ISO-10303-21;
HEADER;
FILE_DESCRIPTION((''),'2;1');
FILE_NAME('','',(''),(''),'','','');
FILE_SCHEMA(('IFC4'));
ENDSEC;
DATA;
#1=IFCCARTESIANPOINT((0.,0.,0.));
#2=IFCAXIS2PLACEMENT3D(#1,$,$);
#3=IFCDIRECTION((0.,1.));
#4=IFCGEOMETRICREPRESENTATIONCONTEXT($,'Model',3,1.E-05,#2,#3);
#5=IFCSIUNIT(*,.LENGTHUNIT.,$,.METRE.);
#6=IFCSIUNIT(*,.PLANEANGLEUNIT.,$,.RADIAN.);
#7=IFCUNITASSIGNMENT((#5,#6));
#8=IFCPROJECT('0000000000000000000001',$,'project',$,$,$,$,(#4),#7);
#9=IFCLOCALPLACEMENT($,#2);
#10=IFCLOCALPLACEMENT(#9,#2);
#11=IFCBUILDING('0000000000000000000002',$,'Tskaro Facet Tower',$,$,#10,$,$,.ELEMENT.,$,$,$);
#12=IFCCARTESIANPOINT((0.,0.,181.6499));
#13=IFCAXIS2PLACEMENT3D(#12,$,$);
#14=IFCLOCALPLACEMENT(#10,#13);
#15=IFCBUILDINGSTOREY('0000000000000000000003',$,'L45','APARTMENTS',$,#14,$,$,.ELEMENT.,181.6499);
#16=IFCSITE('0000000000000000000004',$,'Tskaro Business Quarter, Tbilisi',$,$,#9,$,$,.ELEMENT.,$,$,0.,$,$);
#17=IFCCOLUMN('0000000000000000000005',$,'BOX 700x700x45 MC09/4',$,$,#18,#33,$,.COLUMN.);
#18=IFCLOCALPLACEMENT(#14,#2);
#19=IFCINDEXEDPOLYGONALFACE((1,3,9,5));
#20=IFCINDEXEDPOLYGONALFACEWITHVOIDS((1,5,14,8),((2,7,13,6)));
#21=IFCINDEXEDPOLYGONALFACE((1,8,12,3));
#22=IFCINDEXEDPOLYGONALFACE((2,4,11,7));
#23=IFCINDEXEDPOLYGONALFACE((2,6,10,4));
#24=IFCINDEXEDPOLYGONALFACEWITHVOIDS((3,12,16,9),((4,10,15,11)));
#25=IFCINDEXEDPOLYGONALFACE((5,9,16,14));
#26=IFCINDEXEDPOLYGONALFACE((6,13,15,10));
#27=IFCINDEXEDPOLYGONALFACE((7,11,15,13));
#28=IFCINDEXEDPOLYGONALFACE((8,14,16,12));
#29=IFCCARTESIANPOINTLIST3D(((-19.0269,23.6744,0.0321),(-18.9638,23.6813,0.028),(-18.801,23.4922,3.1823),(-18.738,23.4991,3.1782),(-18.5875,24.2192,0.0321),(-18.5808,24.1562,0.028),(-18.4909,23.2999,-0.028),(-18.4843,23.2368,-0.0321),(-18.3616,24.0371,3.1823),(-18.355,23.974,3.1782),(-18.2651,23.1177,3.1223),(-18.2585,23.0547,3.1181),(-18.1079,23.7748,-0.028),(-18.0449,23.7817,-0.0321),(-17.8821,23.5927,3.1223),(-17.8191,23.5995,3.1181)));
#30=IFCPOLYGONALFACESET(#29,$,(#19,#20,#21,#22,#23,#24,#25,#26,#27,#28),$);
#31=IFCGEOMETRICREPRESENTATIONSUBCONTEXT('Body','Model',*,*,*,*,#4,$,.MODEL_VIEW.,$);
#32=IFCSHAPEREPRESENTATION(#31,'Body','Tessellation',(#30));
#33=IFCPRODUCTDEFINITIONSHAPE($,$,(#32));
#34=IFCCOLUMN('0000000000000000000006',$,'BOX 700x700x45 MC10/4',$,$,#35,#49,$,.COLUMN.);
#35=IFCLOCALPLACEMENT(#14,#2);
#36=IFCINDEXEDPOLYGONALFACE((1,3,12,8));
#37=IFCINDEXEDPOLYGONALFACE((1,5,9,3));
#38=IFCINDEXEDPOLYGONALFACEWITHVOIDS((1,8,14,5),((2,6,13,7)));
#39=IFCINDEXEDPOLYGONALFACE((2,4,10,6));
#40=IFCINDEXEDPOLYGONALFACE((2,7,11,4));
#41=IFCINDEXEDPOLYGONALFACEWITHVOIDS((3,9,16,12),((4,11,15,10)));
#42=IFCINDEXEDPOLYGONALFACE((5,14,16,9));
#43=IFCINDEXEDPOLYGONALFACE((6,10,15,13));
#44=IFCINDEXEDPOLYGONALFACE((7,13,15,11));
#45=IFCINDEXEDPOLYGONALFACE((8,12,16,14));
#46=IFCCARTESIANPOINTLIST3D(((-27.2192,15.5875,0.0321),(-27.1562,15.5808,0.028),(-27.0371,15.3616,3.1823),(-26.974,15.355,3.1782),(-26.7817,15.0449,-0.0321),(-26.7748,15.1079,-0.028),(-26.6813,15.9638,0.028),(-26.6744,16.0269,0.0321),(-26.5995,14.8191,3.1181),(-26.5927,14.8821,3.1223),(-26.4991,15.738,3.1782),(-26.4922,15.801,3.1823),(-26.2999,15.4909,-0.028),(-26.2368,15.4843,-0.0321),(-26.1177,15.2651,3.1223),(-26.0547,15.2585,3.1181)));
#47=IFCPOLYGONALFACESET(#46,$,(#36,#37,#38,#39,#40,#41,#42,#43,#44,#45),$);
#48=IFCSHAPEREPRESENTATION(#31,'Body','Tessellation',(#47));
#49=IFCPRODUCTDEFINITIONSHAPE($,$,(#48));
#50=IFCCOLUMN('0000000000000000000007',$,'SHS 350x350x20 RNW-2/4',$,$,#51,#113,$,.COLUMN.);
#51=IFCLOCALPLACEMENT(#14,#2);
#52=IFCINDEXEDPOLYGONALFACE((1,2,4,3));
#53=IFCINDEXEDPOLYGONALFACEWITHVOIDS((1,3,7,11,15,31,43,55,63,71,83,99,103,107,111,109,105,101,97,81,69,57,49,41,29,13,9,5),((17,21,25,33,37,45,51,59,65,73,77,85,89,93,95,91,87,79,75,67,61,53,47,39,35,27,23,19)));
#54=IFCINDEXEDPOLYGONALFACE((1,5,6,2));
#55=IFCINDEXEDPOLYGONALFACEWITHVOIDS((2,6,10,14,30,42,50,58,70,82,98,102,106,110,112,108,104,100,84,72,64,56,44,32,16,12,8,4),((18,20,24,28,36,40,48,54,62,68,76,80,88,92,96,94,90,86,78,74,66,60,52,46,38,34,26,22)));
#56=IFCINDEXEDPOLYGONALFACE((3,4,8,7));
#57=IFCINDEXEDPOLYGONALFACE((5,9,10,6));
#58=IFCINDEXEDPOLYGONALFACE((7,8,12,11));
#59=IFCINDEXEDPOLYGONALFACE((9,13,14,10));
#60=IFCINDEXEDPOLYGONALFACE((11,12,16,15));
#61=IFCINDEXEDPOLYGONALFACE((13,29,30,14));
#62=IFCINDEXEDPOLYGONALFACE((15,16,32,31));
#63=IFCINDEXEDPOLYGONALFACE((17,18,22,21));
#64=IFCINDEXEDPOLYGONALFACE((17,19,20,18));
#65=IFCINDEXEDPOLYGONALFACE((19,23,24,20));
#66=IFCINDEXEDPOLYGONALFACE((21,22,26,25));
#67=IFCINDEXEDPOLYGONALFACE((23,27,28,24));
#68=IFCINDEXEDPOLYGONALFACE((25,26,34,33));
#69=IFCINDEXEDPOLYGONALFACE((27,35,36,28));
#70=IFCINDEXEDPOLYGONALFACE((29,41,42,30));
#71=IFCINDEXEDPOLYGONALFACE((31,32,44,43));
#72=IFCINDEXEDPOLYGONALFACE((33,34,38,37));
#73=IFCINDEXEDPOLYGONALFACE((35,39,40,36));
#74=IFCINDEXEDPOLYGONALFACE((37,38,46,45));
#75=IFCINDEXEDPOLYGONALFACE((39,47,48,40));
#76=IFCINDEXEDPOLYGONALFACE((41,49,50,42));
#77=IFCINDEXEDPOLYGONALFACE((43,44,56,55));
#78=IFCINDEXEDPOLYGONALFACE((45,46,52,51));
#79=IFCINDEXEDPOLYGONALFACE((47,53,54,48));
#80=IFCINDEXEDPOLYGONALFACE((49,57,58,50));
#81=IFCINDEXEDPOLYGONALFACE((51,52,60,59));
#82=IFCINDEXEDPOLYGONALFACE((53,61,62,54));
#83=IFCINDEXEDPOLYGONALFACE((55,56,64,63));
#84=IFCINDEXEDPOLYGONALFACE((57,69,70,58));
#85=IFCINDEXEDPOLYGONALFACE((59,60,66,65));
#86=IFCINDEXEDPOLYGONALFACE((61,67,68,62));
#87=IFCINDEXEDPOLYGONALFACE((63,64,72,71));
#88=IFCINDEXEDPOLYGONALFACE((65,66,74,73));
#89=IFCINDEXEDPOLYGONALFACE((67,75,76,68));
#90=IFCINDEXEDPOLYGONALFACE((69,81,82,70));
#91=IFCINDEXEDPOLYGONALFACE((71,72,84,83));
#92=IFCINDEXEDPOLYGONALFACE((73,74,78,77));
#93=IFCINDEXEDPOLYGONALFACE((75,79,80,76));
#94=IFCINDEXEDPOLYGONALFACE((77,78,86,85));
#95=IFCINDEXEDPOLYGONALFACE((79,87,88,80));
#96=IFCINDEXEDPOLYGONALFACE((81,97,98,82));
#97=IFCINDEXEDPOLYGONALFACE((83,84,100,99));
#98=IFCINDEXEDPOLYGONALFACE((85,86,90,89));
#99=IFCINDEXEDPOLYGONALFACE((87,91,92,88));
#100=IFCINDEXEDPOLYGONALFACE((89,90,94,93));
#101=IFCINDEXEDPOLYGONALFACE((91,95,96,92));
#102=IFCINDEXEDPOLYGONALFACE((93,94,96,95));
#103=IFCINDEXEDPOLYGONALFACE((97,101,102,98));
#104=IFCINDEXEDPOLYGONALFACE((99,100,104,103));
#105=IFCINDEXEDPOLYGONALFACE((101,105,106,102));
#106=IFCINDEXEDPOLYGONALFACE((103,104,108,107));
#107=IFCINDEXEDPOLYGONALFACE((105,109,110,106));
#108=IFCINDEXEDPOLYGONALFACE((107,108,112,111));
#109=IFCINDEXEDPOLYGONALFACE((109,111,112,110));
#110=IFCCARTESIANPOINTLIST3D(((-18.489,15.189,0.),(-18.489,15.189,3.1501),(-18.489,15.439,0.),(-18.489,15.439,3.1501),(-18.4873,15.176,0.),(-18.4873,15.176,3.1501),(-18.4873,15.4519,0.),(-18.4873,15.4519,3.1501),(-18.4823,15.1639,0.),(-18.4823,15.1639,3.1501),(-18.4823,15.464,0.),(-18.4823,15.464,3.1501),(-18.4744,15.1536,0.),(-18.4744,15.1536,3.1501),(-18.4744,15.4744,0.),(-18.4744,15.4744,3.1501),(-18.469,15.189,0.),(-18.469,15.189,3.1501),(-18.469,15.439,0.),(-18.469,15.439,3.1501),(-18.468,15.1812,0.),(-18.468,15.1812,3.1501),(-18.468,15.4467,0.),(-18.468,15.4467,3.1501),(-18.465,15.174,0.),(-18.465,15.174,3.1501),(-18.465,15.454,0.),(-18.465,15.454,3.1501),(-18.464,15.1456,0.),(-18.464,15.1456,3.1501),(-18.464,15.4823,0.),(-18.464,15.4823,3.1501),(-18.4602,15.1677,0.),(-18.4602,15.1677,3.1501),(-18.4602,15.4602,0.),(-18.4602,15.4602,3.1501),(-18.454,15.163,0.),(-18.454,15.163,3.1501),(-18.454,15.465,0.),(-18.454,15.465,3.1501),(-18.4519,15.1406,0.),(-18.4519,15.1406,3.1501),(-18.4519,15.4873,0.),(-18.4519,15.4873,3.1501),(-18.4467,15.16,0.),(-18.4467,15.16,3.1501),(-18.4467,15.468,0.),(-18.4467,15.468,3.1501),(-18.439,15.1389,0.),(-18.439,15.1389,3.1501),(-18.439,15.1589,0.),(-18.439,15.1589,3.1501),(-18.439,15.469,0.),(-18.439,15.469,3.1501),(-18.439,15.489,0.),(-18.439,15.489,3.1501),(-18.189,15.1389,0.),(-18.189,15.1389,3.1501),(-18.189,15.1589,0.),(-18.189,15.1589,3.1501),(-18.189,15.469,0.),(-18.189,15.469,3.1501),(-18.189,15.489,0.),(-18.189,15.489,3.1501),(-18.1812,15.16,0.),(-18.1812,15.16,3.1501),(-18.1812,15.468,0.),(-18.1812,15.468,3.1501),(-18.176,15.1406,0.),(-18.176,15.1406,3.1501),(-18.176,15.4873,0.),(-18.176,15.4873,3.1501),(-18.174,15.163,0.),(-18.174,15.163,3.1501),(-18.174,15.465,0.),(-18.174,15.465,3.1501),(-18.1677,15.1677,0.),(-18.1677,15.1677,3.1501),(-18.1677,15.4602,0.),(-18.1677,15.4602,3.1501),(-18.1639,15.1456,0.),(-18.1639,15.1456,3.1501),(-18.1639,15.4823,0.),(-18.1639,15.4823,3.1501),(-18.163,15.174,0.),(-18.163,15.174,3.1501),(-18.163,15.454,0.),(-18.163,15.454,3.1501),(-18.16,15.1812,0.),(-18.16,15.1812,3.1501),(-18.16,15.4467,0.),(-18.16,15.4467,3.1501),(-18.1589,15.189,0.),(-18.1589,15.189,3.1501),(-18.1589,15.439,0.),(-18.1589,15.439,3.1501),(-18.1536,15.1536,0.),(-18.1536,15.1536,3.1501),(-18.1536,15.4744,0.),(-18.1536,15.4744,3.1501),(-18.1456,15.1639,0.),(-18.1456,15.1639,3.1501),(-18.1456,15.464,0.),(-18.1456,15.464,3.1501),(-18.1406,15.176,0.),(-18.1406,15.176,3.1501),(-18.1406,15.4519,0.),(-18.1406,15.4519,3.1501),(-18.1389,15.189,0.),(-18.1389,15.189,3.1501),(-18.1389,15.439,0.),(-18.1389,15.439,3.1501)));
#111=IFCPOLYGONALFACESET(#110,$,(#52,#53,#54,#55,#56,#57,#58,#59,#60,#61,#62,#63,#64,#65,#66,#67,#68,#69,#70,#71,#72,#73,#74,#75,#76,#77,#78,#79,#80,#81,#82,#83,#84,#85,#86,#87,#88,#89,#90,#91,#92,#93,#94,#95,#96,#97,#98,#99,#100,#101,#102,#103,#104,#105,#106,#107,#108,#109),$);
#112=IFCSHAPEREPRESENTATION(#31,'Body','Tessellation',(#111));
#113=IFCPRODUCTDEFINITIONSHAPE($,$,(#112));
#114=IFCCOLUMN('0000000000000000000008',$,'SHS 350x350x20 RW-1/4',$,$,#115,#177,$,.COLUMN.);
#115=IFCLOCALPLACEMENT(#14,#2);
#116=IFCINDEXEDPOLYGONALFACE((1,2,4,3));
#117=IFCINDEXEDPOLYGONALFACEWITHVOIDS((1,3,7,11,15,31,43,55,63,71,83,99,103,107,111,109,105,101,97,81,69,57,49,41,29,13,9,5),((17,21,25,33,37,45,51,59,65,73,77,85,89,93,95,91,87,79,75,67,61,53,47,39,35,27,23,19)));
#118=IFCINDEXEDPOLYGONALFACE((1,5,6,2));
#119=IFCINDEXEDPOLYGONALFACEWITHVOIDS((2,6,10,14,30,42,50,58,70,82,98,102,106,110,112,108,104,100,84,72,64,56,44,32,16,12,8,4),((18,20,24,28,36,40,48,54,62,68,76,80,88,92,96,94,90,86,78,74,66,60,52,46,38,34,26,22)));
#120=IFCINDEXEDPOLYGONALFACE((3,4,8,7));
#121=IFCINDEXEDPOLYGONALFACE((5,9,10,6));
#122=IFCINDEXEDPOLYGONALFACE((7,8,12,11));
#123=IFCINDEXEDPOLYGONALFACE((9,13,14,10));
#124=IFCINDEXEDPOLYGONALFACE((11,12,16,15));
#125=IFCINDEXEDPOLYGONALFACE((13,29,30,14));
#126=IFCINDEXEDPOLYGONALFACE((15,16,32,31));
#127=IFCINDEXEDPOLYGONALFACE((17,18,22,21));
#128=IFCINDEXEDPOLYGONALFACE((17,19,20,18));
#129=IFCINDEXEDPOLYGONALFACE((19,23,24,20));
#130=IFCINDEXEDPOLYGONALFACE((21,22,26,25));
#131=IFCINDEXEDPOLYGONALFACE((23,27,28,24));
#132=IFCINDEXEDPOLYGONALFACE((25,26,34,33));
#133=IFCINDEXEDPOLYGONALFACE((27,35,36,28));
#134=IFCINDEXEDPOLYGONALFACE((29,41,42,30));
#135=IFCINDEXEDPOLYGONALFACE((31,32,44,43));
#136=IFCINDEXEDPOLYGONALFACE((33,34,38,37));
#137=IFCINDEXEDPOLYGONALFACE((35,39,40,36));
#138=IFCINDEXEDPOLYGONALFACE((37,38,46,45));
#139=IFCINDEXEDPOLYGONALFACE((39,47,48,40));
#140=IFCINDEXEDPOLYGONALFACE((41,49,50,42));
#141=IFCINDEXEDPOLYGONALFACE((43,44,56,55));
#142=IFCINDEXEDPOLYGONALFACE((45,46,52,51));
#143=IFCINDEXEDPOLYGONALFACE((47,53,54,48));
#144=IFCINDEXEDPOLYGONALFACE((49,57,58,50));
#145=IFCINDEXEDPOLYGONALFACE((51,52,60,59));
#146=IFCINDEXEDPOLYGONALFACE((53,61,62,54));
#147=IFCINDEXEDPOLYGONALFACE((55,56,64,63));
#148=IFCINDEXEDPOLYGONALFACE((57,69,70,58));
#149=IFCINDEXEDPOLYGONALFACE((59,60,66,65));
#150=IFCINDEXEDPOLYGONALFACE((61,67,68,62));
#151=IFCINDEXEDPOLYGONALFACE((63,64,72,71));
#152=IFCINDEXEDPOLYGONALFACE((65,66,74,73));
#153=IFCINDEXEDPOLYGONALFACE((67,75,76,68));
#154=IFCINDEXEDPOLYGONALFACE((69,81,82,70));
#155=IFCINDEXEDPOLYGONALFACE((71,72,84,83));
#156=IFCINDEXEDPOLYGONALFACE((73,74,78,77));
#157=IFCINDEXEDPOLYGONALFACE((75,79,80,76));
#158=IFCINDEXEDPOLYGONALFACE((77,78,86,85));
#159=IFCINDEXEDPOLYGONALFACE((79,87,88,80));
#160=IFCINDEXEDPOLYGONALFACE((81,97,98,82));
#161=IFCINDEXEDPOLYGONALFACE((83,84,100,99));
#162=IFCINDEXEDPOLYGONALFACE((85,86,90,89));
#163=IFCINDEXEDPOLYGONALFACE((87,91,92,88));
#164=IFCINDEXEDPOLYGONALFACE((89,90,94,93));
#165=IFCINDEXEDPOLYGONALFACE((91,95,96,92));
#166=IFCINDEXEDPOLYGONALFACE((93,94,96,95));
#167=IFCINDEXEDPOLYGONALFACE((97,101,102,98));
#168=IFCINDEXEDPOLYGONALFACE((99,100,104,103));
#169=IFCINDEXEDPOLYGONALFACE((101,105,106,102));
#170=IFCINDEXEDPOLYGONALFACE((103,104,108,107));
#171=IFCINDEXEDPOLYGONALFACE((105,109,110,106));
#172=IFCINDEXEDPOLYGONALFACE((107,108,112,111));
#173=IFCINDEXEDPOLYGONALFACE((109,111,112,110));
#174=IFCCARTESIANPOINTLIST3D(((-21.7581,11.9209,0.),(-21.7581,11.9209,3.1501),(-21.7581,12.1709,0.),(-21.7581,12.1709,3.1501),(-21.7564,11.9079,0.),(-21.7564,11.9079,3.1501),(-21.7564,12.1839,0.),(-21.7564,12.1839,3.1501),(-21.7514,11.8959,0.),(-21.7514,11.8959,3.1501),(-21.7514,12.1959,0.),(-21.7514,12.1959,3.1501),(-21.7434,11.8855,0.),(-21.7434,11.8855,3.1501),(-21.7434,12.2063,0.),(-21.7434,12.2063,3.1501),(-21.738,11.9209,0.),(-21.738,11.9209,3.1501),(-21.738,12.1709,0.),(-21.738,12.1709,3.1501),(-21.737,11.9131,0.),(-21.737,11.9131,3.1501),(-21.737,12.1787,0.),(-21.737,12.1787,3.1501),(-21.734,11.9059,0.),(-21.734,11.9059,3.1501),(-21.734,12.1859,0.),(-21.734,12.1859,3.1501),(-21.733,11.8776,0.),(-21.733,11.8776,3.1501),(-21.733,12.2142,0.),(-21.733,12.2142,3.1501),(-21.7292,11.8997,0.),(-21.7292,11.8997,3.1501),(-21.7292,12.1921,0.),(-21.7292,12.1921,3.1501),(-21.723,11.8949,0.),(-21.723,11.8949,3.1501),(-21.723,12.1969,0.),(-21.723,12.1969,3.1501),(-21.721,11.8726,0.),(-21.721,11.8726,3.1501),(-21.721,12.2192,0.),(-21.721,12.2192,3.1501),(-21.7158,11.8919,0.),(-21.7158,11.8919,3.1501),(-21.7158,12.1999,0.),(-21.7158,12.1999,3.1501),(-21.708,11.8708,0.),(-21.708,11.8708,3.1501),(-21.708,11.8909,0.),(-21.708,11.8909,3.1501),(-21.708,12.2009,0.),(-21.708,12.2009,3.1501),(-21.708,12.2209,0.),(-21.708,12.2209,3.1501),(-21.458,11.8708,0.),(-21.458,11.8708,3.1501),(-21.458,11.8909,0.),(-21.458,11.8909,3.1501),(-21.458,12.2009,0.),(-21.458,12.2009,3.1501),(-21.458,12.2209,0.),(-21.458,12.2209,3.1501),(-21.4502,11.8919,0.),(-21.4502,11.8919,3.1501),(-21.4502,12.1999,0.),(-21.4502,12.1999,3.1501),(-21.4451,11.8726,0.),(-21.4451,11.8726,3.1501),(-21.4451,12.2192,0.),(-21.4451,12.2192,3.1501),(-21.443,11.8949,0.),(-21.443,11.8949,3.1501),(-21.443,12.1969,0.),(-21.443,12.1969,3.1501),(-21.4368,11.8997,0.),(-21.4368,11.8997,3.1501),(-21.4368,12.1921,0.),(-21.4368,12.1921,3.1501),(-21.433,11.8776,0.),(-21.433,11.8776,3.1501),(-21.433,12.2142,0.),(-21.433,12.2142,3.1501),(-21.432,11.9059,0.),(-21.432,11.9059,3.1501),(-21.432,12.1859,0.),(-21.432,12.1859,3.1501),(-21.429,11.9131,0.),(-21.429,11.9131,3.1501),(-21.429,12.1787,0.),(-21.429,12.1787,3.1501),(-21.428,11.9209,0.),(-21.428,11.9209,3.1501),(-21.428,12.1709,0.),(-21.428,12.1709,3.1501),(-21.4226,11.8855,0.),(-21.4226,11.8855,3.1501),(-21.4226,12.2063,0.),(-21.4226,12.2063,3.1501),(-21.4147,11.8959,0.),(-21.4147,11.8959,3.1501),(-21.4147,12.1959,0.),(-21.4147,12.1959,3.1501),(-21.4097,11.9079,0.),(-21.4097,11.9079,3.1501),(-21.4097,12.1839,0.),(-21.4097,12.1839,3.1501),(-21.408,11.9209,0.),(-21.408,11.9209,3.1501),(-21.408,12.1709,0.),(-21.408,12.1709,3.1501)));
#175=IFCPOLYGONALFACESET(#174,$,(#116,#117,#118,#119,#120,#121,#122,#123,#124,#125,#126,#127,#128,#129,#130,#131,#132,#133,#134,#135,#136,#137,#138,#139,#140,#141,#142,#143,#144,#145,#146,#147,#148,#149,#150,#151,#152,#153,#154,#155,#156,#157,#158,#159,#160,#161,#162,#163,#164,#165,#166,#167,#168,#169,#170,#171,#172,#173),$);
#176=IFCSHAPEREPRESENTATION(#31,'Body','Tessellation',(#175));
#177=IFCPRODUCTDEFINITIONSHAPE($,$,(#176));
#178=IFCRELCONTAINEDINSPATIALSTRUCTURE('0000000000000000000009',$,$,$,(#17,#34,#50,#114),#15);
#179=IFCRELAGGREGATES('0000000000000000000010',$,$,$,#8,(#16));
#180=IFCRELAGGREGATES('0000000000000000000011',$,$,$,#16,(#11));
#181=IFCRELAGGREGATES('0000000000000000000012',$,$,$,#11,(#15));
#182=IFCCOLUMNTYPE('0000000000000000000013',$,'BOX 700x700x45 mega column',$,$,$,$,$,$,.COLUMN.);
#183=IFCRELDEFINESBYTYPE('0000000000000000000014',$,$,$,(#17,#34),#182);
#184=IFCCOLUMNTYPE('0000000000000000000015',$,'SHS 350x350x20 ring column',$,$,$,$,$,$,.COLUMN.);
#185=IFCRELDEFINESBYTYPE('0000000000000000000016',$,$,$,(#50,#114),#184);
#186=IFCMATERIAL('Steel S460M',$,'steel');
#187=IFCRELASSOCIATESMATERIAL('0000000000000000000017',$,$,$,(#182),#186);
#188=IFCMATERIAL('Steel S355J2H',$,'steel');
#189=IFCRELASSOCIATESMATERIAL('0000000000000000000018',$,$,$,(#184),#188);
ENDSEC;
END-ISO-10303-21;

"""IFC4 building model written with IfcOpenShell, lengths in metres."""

from ifc_helpers import new_model, si_unit, direction, frame, origin, origin_2d, place, context, subcontext, project, spatial, hollow_rectangle, extrude, material, material_profile, profile_set, type_object, element, save


model = new_model("IFC4")

# Units and contexts
model_context = context("Model", 3, precision=1e-05, world=origin(), true_north=direction((0.0, 1.0)))
body_context = subcontext(model_context, "Body", "Model", "MODEL_VIEW")
ifc_project = project(units=[si_unit("LENGTHUNIT", "METRE"), si_unit("PLANEANGLEUNIT", "RADIAN")], contexts=[model_context])

# Site, building, storey
site_placement = place(None, origin())
site = spatial("IfcSite", under=ifc_project, at=site_placement, Name="Tskaro Business Quarter, Tbilisi", CompositionType="ELEMENT", RefElevation=0.0)
building_placement = place(site_placement, origin())
building = spatial("IfcBuilding", under=site, at=building_placement, Name="Tskaro Facet Tower", CompositionType="ELEMENT")
storey_placement = place(building_placement, frame((0.0, 0.0, 181.6499)))
storey = spatial("IfcBuildingStorey", under=building, at=storey_placement, Name="L45", Description="APARTMENTS", CompositionType="ELEMENT", Elevation=181.6499)

# Columns
ifc_material_1 = material(Name="Steel S460M", Category="steel")
ifc_material_profile_1 = material_profile(ifc_material_1, hollow_rectangle(XDim=0.7, YDim=0.7, WallThickness=0.0449, at=origin_2d()), Name="BOX 700x700x45")
ifc_profile_set_1 = profile_set([ifc_material_profile_1], Name="Steel S460M")
column_type_1 = type_object("IfcColumnType", Name="BOX 700x700x45 mega column", PredefinedType="COLUMN", material=ifc_profile_set_1)
for number, where, z_axis, x_axis, name in (
    (1, (-18.5359, 23.728, 0.0), (0.071387, -0.057572, 0.995786), (0.627769, 0.7784, 0.0), "BOX 700x700x45 MC09/4"),
    (2, (-26.728, 15.5359, 0.0), (0.057572, -0.071387, 0.995786), (0.7784, 0.627769, 0.0), "BOX 700x700x45 MC10/4"),
):
    element("IfcColumn", number, at=place(storey_placement, frame(where, z_axis=z_axis, x_axis=x_axis)), inside=storey, type_object=column_type_1, Name=name, PredefinedType="COLUMN", context=body_context, shape_type="SweptSolid", body=[
        extrude(hollow_rectangle(XDim=0.7, YDim=0.7, WallThickness=0.0449, at=origin_2d()), origin(), (0.0, 0.0, 1.0), 3.1636),
    ])
ifc_material_2 = material(Name="Steel S355J2H", Category="steel")
ifc_material_profile_2 = material_profile(ifc_material_2, hollow_rectangle(XDim=0.3501, YDim=0.3501, WallThickness=0.02, InnerFilletRadius=0.03, OuterFilletRadius=0.05, at=origin_2d()), Name="SHS 350x350x20")
ifc_profile_set_2 = profile_set([ifc_material_profile_2], Name="Steel S355J2H")
column_type_2 = type_object("IfcColumnType", Name="SHS 350x350x20 ring column", PredefinedType="COLUMN", material=ifc_profile_set_2)
for number, where, z_axis, x_axis, name in (
    (3, (-18.314, 15.314, 0.0), (0.0, 0.0, 1.0), (1.0, 0.0, 0.0), "SHS 350x350x20 RNW-2/4"),
    (4, (-21.583, 12.0459, 0.0), (0.0, 0.0, 1.0), (1.0, 0.0, 0.0), "SHS 350x350x20 RW-1/4"),
):
    element("IfcColumn", number, at=place(storey_placement, frame(where, z_axis=z_axis, x_axis=x_axis)), inside=storey, type_object=column_type_2, Name=name, PredefinedType="COLUMN", context=body_context, shape_type="SweptSolid", body=[
        extrude(hollow_rectangle(XDim=0.3501, YDim=0.3501, WallThickness=0.02, InnerFilletRadius=0.03, OuterFilletRadius=0.05, at=origin_2d()), origin(), (0.0, 0.0, 1.0), 3.1501),
    ])

save(model, "model.ifc")
